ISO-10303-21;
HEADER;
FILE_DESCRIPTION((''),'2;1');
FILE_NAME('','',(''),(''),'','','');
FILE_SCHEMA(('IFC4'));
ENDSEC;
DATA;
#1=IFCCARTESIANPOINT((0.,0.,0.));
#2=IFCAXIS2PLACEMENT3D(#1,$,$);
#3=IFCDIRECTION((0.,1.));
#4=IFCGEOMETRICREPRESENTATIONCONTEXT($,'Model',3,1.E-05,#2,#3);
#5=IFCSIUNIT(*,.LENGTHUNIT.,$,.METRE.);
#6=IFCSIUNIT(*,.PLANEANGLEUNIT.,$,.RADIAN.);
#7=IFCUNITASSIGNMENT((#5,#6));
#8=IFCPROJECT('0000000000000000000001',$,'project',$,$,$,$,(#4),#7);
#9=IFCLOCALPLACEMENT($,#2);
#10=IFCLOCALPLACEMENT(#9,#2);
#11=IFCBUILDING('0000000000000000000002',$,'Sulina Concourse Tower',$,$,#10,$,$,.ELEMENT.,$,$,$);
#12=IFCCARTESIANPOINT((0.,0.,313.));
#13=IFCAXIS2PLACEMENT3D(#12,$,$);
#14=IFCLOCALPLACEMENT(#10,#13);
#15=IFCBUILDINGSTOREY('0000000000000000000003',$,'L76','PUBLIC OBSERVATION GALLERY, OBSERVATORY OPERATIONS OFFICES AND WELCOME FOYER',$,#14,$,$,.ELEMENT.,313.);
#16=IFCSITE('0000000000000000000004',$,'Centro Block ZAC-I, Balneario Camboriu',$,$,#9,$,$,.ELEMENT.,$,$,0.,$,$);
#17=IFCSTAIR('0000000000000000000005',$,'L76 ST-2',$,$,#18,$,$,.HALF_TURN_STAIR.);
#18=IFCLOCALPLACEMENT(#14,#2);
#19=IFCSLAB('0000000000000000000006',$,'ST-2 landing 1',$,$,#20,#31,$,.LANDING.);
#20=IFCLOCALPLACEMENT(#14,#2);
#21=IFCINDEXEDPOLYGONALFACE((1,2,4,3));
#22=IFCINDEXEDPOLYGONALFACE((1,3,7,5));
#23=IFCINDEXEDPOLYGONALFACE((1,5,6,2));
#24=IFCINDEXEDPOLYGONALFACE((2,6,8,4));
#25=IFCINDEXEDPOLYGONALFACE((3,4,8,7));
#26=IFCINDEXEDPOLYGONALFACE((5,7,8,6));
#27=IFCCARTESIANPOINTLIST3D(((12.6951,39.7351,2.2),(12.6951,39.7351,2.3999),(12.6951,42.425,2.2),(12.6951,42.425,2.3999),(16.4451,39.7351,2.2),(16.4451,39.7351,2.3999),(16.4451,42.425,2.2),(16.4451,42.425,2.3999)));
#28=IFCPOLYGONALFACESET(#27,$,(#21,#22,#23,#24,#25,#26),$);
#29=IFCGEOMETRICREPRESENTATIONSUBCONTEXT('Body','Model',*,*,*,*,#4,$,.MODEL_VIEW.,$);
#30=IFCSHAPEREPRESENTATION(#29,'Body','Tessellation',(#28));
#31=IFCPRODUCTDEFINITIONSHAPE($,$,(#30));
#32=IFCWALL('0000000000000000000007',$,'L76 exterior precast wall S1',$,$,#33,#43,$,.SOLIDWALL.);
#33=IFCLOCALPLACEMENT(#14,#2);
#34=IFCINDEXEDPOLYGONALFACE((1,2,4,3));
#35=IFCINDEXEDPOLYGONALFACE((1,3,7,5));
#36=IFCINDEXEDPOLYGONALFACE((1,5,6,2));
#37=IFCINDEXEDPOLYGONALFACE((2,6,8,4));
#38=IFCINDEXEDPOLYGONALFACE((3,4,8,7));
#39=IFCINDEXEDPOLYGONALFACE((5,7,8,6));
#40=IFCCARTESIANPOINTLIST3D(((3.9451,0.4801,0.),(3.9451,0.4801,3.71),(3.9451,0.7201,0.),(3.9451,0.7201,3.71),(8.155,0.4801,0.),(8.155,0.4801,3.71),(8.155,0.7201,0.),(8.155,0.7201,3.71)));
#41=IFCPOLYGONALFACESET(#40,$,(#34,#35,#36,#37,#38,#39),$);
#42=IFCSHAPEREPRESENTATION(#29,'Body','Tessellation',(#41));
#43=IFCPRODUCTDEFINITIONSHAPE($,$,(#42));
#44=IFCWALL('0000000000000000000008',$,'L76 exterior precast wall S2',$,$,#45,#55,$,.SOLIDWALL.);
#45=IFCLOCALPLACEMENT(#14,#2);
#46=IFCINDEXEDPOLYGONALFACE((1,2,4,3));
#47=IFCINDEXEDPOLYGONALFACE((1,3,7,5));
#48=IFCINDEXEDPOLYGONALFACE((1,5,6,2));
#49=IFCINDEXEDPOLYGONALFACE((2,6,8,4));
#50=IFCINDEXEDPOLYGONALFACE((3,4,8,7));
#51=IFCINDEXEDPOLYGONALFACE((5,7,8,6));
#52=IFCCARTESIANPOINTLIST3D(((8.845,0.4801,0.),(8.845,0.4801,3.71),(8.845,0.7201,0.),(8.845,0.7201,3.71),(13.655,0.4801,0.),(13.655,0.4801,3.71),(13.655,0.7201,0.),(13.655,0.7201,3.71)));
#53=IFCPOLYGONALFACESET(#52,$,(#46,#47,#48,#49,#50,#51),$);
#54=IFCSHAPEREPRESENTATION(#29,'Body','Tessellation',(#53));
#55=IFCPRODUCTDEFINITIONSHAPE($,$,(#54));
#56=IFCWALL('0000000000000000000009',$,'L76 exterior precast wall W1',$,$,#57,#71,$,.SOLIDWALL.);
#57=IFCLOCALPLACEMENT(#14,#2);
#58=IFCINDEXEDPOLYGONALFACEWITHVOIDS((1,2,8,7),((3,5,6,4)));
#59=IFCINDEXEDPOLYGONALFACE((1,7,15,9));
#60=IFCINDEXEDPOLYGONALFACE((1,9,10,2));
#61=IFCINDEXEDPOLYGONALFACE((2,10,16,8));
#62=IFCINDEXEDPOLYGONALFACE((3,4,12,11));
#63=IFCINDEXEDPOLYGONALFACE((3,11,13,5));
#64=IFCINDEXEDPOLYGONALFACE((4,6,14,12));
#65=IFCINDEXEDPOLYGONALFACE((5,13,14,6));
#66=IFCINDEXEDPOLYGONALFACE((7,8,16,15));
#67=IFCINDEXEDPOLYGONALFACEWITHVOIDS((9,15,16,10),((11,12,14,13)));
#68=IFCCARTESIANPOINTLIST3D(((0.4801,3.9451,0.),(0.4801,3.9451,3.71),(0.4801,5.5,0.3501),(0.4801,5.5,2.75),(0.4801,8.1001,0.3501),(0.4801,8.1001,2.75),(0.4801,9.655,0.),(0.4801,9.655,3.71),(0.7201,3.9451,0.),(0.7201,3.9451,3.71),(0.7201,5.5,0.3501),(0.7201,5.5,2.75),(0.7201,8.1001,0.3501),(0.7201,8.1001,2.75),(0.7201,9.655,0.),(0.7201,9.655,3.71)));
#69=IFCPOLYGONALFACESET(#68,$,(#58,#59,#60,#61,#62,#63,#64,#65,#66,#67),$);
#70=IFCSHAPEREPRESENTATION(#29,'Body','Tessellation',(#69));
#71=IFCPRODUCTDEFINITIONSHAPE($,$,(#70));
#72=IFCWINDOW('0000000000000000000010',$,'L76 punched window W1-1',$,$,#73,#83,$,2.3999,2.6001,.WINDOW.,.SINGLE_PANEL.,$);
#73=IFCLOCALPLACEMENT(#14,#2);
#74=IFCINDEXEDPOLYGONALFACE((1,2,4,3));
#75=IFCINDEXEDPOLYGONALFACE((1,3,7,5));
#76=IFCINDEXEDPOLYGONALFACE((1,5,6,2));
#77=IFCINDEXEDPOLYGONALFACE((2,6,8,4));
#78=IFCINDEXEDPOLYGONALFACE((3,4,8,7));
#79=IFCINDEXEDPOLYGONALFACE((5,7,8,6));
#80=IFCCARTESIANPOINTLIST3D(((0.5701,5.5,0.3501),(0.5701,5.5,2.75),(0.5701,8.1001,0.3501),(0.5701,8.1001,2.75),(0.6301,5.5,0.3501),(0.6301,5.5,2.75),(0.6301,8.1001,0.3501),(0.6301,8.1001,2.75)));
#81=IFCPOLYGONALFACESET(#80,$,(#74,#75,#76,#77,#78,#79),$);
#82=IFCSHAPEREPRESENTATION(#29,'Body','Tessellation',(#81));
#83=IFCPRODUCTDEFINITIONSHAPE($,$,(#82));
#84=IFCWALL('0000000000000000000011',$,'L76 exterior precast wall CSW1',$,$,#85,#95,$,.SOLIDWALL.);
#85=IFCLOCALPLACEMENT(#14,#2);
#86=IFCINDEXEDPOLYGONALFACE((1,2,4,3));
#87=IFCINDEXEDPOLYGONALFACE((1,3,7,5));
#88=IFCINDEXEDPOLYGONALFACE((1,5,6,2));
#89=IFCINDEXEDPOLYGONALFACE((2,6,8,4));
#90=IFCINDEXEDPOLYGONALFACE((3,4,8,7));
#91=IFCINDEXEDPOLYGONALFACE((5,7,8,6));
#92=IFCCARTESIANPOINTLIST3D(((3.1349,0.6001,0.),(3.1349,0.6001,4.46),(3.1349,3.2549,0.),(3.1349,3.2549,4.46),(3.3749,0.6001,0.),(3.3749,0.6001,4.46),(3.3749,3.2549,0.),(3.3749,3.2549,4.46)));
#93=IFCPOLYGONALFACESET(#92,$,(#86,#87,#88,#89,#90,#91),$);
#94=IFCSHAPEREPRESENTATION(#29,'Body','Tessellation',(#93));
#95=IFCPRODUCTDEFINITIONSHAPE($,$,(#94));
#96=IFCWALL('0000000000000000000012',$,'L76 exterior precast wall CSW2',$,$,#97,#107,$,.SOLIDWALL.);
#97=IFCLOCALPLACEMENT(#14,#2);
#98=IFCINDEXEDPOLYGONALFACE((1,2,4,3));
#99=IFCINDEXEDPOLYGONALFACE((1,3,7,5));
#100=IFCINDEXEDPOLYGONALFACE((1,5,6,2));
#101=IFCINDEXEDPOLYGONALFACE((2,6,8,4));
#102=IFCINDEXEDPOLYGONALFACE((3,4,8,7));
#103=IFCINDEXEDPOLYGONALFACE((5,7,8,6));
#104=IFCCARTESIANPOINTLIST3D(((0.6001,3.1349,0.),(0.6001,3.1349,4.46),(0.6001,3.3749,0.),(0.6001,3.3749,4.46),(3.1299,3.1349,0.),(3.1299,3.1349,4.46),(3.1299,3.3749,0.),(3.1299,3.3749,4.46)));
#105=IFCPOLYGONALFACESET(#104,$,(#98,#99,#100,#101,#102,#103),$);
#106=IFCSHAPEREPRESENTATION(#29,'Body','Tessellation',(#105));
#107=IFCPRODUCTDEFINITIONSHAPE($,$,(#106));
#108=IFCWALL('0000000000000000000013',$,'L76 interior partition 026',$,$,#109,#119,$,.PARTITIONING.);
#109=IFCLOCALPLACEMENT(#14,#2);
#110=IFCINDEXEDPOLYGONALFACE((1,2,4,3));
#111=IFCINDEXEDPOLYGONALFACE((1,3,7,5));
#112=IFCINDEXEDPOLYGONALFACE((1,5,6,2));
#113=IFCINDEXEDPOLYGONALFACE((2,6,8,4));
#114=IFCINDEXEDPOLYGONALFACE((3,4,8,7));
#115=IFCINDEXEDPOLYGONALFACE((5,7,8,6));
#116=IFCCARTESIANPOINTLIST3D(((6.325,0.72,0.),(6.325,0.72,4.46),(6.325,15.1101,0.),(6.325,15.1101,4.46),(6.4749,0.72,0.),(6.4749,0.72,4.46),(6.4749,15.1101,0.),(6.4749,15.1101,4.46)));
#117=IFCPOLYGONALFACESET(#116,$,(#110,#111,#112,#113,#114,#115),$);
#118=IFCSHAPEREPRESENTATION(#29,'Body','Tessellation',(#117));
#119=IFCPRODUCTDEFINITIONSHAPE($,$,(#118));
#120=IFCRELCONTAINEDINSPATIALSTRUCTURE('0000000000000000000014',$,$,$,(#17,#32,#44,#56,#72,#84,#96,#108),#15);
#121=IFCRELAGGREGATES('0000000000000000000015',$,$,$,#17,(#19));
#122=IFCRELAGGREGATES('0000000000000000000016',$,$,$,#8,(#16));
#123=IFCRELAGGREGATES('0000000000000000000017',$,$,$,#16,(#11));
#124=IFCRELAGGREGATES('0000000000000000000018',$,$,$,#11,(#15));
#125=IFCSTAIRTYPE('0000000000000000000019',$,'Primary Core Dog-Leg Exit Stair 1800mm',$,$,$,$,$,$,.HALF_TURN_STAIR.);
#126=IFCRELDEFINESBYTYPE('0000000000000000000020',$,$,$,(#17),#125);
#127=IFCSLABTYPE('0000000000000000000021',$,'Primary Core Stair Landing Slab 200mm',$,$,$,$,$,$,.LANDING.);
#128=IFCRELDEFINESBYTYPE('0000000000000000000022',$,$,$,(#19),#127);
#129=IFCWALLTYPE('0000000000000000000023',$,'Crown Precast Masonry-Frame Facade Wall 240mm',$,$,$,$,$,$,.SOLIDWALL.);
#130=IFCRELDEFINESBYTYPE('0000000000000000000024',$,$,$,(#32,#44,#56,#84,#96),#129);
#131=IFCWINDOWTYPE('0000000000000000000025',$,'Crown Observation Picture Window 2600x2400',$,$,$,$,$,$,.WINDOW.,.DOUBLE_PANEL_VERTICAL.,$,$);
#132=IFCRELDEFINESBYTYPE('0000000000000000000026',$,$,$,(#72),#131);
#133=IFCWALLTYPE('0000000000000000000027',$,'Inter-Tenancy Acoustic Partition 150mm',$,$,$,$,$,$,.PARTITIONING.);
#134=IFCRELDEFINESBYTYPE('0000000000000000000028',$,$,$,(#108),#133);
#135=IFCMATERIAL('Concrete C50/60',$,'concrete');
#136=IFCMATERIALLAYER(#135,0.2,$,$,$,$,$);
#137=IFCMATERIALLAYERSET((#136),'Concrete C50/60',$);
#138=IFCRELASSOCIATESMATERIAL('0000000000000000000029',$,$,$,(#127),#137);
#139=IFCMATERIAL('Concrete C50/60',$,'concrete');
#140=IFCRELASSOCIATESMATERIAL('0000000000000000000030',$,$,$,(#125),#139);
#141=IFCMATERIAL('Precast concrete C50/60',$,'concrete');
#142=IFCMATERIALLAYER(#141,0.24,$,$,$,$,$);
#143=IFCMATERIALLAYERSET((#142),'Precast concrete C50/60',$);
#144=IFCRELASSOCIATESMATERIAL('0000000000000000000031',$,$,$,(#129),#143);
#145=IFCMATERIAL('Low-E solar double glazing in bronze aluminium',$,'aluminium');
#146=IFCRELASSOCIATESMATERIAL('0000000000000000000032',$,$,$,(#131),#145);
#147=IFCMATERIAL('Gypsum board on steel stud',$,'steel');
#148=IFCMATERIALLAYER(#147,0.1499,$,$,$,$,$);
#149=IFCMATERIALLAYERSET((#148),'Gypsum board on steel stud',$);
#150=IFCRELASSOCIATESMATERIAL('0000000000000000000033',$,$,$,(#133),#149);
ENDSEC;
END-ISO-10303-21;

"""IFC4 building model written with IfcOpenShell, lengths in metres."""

from ifc_helpers import new_model, si_unit, direction, frame, frame_2d, origin, place, context, subcontext, project, spatial, polyline, rectangle, outline, extrude, material, layer, layer_set, type_object, element, fill, aggregate, save


model = new_model("IFC4")

# Units and contexts
model_context = context("Model", 3, precision=1e-05, world=origin(), true_north=direction((0.0, 1.0)))
body_context = subcontext(model_context, "Body", "Model", "MODEL_VIEW")
ifc_project = project(units=[si_unit("LENGTHUNIT", "METRE"), si_unit("PLANEANGLEUNIT", "RADIAN")], contexts=[model_context])

# Site, building, storey
site_placement = place(None, origin())
site = spatial("IfcSite", under=ifc_project, at=site_placement, Name="Centro Block ZAC-I, Balneario Camboriu", CompositionType="ELEMENT", RefElevation=0.0)
building_placement = place(site_placement, origin())
building = spatial("IfcBuilding", under=site, at=building_placement, Name="Sulina Concourse Tower", CompositionType="ELEMENT")
storey_placement = place(building_placement, frame((0.0, 0.0, 313.0)))
storey = spatial("IfcBuildingStorey", under=building, at=storey_placement, Name="L76", Description="PUBLIC OBSERVATION GALLERY, OBSERVATORY OPERATIONS OFFICES AND WELCOME FOYER", CompositionType="ELEMENT", Elevation=313.0)

# Shared definitions
ifc_material_1 = material(Name="Concrete C50/60", Category="concrete")
ifc_layer_1 = layer(ifc_material_1, 0.2)
ifc_layer_set_1 = layer_set([ifc_layer_1], Name="Concrete C50/60")
slab_type_1 = type_object("IfcSlabType", Name="Primary Core Stair Landing Slab 200mm", PredefinedType="LANDING", material=ifc_layer_set_1)

# Stair, slab
ifc_material_2 = material(Name="Concrete C50/60", Category="concrete")
stair_type = type_object("IfcStairType", Name="Primary Core Dog-Leg Exit Stair 1800mm", PredefinedType="HALF_TURN_STAIR", material=ifc_material_2)
stair_1_placement = place(storey_placement, origin())
stair_1 = element("IfcStair", 1, at=stair_1_placement, inside=storey, type_object=stair_type, Name="L76 ST-2", PredefinedType="HALF_TURN_STAIR")
slab_1_placement = place(storey_placement, frame((0.0, 0.0, 2.2)))
slab_1 = element("IfcSlab", 2, at=slab_1_placement, type_object=slab_type_1, Name="ST-2 landing 1", PredefinedType="LANDING", context=body_context, shape_type="SweptSolid", body=[
    extrude(outline(polyline([(16.4451, 39.7351), (16.4451, 42.425), (12.6951, 42.425), (12.6951, 39.7351), (16.4451, 39.7351)])), origin(), (0.0, 0.0, 1.0), 0.2),
])
aggregate(stair_1, [slab_1])

# Walls
ifc_material_3 = material(Name="Precast concrete C50/60", Category="concrete")
ifc_layer_2 = layer(ifc_material_3, 0.24)
ifc_layer_set_2 = layer_set([ifc_layer_2], Name="Precast concrete C50/60")
wall_type_1 = type_object("IfcWallType", Name="Crown Precast Masonry-Frame Facade Wall 240mm", PredefinedType="SOLIDWALL", material=ifc_layer_set_2)
wall_1_placement = place(storey_placement, frame((8.155, 0.6001, 0.0), z_axis=(0.0, 0.0, 1.0), x_axis=(-1.0, 0.0, 0.0)))
element("IfcWall", 3, at=wall_1_placement, inside=storey, type_object=wall_type_1, Name="L76 exterior precast wall S1", PredefinedType="SOLIDWALL", context=body_context, shape_type="SweptSolid", body=[
    extrude(rectangle(XDim=4.21, YDim=0.24, at=frame_2d((2.105, 0.0))), origin(), (0.0, 0.0, 1.0), 3.71),
])
wall_2_placement = place(storey_placement, frame((13.655, 0.6001, 0.0), z_axis=(0.0, 0.0, 1.0), x_axis=(-1.0, 0.0, 0.0)))
element("IfcWall", 4, at=wall_2_placement, inside=storey, type_object=wall_type_1, Name="L76 exterior precast wall S2", PredefinedType="SOLIDWALL", context=body_context, shape_type="SweptSolid", body=[
    extrude(rectangle(XDim=4.8101, YDim=0.24, at=frame_2d((2.405, 0.0))), origin(), (0.0, 0.0, 1.0), 3.71),
])

# Wall, opening, window
wall_3_placement = place(storey_placement, frame((0.6001, 3.9451, 0.0), z_axis=(0.0, 0.0, 1.0), x_axis=(0.0, 1.0, 0.0)))
wall_3 = element("IfcWall", 5, at=wall_3_placement, inside=storey, type_object=wall_type_1, Name="L76 exterior precast wall W1", PredefinedType="SOLIDWALL", context=body_context, shape_type="SweptSolid", body=[
    extrude(rectangle(XDim=5.71, YDim=0.24, at=frame_2d((2.855, 0.0))), origin(), (0.0, 0.0, 1.0), 3.71),
])
opening_placement = place(wall_3_placement, frame((1.5549, 0.0, 0.3501)))
opening = element("IfcOpeningElement", 6, at=opening_placement, cuts=wall_3, PredefinedType="OPENING", context=body_context, shape_type="SweptSolid", body=[
    extrude(rectangle(XDim=2.6001, YDim=2.3999, at=frame_2d((1.3, 1.2))), frame((0.0, 0.1299, 0.0), z_axis=(0.0, -1.0, 0.0), x_axis=(1.0, 0.0, 0.0)), (0.0, 0.0, 1.0), 0.26),
])
ifc_material_4 = material(Name="Low-E solar double glazing in bronze aluminium", Category="aluminium")
window_type = type_object("IfcWindowType", Name="Crown Observation Picture Window 2600x2400", PartitioningType="DOUBLE_PANEL_VERTICAL", PredefinedType="WINDOW", material=ifc_material_4)
window_placement = place(opening_placement, origin())
window = element("IfcWindow", 7, at=window_placement, inside=storey, type_object=window_type, Name="L76 punched window W1-1", OverallHeight=2.3999, OverallWidth=2.6001, PartitioningType="SINGLE_PANEL", PredefinedType="WINDOW", context=body_context, shape_type="SweptSolid", body=[
    extrude(rectangle(XDim=2.6001, YDim=2.3999, at=frame_2d((1.3, 1.2))), frame((0.0, 0.03, 0.0), z_axis=(0.0, -1.0, 0.0), x_axis=(1.0, 0.0, 0.0)), (0.0, 0.0, 1.0), 0.0601),
])
fill(opening, window)

# Walls
wall_4_placement = place(storey_placement, frame((3.2549, 0.6001, 0.0), z_axis=(0.0, 0.0, 1.0), x_axis=(0.0, 1.0, 0.0)))
element("IfcWall", 8, at=wall_4_placement, inside=storey, type_object=wall_type_1, Name="L76 exterior precast wall CSW1", PredefinedType="SOLIDWALL", context=body_context, shape_type="SweptSolid", body=[
    extrude(rectangle(XDim=2.6548, YDim=0.24, at=frame_2d((1.3274, 0.0))), origin(), (0.0, 0.0, 1.0), 4.46),
])
wall_5_placement = place(storey_placement, frame((3.1299, 3.2549, 0.0), z_axis=(0.0, 0.0, 1.0), x_axis=(-1.0, 0.0, 0.0)))
element("IfcWall", 9, at=wall_5_placement, inside=storey, type_object=wall_type_1, Name="L76 exterior precast wall CSW2", PredefinedType="SOLIDWALL", context=body_context, shape_type="SweptSolid", body=[
    extrude(rectangle(XDim=2.5298, YDim=0.24, at=frame_2d((1.2649, 0.0))), origin(), (0.0, 0.0, 1.0), 4.46),
])
ifc_material_5 = material(Name="Gypsum board on steel stud", Category="steel")
ifc_layer_3 = layer(ifc_material_5, 0.1499)
ifc_layer_set_3 = layer_set([ifc_layer_3], Name="Gypsum board on steel stud")
wall_type_2 = type_object("IfcWallType", Name="Inter-Tenancy Acoustic Partition 150mm", PredefinedType="PARTITIONING", material=ifc_layer_set_3)
wall_6_placement = place(storey_placement, frame((6.3999, 0.72, 0.0), z_axis=(0.0, 0.0, 1.0), x_axis=(0.0, 1.0, 0.0)))
element("IfcWall", 10, at=wall_6_placement, inside=storey, type_object=wall_type_2, Name="L76 interior partition 026", PredefinedType="PARTITIONING", context=body_context, shape_type="SweptSolid", body=[
    extrude(rectangle(XDim=14.3901, YDim=0.1499, at=frame_2d((7.1951, 0.0))), origin(), (0.0, 0.0, 1.0), 4.46),
])

save(model, "model.ifc")
